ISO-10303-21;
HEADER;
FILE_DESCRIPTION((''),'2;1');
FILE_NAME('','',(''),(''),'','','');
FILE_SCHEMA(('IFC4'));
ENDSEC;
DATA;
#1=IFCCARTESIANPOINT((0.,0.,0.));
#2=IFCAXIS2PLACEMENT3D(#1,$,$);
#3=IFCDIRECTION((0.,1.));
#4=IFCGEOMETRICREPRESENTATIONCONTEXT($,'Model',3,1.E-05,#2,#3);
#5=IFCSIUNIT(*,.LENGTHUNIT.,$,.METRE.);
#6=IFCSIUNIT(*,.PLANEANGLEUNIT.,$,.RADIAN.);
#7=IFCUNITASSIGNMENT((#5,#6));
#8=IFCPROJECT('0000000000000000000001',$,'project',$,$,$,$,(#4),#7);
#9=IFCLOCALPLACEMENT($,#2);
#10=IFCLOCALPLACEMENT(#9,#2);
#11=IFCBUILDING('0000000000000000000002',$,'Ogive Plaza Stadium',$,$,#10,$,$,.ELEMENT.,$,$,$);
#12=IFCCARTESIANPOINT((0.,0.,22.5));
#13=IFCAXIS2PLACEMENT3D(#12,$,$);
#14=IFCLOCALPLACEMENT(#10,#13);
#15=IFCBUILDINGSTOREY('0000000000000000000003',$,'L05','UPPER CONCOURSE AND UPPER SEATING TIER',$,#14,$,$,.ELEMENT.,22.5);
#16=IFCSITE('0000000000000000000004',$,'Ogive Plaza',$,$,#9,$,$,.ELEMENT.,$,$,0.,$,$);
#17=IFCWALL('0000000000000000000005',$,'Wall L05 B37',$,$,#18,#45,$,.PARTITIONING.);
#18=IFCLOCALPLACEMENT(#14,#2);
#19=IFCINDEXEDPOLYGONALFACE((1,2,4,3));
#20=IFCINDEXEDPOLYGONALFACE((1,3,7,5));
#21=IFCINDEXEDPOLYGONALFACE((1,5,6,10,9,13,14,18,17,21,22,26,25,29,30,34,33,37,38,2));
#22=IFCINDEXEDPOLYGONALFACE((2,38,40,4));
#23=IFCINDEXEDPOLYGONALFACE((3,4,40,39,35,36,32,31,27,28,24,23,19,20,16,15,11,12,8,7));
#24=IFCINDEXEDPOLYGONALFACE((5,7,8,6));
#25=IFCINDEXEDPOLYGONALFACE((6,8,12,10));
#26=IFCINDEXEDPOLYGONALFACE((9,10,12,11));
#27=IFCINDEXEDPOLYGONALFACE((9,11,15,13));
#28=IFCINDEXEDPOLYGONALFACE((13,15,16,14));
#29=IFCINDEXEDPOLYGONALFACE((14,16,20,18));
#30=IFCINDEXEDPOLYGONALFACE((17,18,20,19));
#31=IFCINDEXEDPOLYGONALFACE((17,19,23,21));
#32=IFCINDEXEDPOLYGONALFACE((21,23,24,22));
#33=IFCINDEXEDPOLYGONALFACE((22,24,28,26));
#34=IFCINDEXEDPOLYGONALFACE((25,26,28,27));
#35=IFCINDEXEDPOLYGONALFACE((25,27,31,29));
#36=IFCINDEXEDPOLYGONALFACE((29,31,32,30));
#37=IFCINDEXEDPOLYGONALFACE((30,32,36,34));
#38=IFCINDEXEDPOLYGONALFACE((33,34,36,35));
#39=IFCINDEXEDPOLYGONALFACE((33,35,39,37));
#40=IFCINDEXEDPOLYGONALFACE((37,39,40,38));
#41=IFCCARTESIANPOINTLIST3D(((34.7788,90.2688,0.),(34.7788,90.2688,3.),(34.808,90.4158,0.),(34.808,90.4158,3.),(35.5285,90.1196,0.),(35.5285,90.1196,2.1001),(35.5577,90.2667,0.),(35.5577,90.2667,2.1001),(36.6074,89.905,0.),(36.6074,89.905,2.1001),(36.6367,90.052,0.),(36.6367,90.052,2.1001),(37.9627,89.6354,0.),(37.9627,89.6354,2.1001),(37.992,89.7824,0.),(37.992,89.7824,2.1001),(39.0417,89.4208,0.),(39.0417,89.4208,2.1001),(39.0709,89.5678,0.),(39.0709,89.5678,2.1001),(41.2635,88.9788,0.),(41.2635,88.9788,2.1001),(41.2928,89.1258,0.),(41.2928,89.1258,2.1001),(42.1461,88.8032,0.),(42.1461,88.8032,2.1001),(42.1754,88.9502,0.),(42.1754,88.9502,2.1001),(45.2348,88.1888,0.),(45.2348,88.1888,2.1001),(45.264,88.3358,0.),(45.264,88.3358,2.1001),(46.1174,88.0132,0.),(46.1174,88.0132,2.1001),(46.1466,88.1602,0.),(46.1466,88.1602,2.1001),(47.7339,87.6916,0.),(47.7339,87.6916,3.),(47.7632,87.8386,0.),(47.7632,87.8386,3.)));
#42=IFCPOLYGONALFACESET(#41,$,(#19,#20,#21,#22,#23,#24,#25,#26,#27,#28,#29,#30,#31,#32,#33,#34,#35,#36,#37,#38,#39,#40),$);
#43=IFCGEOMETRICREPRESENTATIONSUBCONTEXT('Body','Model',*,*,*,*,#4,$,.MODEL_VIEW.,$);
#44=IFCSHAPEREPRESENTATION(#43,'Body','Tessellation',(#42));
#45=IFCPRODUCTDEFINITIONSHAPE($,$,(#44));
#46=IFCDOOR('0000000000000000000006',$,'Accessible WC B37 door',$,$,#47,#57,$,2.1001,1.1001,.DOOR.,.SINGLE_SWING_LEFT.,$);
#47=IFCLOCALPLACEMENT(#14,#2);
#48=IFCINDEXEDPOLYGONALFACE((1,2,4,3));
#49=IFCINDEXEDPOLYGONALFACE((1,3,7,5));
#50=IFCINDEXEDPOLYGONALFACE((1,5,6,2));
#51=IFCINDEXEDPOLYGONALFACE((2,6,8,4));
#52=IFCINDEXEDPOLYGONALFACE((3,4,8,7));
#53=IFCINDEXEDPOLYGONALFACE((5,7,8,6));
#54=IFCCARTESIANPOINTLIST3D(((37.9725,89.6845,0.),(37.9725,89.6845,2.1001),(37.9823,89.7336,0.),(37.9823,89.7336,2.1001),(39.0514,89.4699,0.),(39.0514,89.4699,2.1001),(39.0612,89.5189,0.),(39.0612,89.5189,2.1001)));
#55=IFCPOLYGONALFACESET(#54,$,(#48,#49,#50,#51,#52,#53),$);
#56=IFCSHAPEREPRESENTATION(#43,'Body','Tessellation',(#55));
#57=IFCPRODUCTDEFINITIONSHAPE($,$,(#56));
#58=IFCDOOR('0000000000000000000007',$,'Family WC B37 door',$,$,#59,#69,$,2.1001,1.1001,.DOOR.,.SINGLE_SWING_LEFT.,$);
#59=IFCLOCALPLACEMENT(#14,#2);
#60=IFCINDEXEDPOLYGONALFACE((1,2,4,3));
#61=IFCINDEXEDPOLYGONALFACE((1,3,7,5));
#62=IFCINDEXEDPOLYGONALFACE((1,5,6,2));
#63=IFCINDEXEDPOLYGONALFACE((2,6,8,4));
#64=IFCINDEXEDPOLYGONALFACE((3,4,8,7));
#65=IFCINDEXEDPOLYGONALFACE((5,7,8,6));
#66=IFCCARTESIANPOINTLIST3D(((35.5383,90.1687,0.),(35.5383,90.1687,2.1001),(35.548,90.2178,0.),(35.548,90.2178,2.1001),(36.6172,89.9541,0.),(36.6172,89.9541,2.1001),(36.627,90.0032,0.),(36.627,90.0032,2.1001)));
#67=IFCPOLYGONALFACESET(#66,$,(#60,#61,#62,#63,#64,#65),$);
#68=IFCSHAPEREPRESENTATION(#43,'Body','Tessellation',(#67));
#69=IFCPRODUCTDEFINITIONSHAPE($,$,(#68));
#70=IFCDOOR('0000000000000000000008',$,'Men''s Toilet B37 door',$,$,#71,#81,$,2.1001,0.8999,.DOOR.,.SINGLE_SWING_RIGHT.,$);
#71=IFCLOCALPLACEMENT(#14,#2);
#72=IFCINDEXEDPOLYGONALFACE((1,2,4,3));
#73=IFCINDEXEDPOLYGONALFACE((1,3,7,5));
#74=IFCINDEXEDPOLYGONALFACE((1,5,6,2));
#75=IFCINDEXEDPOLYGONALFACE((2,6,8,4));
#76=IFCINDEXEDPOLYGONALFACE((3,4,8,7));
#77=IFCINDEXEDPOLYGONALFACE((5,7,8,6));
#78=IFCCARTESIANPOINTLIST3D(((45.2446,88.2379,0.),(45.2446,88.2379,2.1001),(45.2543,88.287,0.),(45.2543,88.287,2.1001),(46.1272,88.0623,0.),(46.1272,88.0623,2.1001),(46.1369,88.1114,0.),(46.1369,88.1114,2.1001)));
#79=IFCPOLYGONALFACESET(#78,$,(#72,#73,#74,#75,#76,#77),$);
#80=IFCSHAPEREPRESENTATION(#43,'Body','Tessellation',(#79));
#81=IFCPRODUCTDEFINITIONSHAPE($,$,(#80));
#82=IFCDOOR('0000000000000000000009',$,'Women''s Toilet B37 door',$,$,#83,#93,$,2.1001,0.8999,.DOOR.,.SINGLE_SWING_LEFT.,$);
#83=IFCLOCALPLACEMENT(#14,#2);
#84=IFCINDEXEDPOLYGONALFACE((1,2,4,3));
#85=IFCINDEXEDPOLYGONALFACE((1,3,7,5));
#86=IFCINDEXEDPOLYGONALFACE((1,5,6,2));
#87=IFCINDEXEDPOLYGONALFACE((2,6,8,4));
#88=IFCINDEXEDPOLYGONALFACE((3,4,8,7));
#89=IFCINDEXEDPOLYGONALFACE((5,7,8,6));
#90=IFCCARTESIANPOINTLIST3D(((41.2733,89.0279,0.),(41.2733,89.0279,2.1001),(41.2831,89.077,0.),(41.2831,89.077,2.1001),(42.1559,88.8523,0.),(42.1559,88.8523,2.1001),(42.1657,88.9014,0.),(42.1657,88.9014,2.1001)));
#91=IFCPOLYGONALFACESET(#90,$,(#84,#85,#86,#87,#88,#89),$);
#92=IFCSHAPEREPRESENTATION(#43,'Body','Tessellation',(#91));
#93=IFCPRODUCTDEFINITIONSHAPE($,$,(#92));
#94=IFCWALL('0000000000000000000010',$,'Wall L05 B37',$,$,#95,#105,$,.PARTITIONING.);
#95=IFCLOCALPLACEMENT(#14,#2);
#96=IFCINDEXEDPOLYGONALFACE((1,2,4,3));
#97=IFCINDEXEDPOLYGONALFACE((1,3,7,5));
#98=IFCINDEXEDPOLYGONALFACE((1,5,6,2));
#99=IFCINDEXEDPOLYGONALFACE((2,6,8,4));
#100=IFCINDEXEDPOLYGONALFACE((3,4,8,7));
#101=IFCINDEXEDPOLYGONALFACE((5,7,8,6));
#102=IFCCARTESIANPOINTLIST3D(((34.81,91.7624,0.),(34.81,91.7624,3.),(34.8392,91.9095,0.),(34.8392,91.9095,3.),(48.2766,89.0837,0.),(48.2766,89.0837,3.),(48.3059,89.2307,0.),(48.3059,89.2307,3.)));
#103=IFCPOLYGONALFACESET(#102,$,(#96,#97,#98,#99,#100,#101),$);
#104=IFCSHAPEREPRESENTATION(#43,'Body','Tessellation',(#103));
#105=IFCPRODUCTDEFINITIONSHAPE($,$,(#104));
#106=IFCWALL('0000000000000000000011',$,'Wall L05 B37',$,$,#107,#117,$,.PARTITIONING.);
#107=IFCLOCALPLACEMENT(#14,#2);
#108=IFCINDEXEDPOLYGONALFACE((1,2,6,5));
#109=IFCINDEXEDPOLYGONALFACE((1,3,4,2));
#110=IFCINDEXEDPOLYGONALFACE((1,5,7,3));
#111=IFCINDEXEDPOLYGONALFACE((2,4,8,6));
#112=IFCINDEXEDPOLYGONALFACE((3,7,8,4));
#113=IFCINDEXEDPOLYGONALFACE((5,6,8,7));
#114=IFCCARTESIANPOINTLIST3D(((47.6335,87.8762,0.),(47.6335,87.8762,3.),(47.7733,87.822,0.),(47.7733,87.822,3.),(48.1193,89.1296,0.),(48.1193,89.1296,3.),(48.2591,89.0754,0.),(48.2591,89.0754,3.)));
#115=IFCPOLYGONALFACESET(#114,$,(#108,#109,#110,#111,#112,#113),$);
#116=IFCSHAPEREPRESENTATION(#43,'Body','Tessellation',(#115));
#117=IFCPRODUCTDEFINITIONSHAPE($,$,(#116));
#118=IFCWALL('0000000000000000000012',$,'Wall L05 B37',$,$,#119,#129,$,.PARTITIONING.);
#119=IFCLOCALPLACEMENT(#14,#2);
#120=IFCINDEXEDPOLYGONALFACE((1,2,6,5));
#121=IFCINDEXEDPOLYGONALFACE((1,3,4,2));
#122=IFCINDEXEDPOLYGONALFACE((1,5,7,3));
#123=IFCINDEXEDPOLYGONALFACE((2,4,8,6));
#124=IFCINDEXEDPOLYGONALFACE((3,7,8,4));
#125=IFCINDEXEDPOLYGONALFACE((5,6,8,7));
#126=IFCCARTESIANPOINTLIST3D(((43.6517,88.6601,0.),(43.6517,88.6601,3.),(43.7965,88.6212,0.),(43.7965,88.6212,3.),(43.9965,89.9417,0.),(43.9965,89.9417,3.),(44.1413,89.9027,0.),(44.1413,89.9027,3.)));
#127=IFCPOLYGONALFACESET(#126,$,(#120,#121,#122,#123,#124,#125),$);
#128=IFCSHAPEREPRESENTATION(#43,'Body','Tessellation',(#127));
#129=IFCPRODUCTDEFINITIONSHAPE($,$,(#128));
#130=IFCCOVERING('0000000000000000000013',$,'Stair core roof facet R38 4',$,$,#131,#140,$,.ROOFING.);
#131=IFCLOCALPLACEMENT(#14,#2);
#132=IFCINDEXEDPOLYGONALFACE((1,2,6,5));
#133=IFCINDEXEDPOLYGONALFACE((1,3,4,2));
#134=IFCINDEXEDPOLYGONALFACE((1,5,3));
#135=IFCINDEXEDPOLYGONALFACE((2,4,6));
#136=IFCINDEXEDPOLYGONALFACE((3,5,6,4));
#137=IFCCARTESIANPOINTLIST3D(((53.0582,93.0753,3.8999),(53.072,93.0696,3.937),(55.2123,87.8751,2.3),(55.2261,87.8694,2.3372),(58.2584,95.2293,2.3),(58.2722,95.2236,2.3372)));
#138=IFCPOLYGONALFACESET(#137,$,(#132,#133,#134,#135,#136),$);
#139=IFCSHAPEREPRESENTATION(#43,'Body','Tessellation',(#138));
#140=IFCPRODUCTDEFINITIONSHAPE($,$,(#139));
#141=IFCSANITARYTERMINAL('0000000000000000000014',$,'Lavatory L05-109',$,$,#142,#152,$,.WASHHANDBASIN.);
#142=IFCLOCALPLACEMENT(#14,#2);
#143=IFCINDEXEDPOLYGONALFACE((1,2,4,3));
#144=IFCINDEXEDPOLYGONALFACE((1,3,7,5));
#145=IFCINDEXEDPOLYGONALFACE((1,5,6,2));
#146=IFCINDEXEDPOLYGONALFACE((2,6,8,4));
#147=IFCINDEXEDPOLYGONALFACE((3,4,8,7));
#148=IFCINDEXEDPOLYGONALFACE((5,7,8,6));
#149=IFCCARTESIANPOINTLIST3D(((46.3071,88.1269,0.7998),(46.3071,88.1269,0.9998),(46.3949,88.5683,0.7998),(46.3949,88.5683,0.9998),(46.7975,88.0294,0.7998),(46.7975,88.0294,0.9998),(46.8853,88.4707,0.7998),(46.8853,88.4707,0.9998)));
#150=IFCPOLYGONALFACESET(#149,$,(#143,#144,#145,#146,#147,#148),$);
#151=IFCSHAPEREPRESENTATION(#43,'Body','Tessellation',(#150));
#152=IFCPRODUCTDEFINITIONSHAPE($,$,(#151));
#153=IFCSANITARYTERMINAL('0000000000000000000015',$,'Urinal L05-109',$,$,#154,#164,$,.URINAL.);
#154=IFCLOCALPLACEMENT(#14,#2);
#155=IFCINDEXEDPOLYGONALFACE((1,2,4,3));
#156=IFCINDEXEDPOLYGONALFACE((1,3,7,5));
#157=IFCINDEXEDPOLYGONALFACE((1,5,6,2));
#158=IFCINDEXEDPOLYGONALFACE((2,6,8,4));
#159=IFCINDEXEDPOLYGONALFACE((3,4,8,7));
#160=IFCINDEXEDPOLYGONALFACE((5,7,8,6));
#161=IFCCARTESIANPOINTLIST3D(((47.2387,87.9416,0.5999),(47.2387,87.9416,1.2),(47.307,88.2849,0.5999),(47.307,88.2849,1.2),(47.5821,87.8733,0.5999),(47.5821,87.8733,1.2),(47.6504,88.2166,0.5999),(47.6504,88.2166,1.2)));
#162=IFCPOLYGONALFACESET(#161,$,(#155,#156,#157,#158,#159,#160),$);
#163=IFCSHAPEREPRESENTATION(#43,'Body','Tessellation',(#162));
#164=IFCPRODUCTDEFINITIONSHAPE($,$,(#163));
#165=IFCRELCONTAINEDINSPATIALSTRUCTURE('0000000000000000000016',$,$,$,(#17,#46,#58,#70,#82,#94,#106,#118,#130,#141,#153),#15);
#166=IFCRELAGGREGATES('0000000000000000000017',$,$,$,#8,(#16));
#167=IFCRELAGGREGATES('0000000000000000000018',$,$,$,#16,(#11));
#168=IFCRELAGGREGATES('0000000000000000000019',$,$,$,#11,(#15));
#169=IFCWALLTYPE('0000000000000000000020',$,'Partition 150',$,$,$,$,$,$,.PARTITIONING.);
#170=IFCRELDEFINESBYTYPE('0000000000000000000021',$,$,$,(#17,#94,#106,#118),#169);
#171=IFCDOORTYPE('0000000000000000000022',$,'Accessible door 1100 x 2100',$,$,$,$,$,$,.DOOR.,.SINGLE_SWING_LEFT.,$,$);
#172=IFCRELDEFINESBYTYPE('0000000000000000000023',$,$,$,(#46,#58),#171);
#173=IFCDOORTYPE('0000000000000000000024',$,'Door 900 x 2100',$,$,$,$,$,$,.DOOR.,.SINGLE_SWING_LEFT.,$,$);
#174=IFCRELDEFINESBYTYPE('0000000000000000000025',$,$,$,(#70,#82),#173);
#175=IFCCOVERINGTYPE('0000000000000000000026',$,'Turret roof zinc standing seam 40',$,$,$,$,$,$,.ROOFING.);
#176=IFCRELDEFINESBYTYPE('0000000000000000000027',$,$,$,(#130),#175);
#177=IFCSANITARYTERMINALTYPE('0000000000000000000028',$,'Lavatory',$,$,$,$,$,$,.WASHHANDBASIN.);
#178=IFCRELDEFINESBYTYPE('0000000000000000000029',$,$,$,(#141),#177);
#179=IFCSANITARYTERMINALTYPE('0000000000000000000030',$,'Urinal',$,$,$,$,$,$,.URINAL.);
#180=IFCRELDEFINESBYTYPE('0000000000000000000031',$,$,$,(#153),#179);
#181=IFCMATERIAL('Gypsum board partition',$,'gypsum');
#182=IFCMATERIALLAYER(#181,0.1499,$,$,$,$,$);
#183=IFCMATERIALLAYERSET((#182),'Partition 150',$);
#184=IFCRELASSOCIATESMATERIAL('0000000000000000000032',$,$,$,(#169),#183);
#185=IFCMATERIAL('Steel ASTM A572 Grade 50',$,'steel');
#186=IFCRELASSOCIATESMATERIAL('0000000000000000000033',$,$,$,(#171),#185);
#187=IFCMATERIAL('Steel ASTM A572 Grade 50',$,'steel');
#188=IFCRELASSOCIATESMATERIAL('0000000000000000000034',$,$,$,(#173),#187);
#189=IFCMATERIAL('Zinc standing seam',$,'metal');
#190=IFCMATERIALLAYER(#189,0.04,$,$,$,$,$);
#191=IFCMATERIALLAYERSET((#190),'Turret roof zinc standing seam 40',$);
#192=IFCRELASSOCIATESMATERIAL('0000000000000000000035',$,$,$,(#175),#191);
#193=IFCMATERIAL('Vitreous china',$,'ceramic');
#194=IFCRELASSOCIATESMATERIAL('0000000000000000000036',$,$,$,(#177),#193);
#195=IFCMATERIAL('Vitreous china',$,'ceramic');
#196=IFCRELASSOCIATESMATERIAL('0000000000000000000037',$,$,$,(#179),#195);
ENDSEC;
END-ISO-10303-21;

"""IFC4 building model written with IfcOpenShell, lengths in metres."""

from ifc_helpers import new_model, si_unit, direction, frame, frame_2d, origin, origin_2d, place, context, subcontext, project, spatial, polyline, rectangle, outline, extrude, material, layer, layer_set, type_object, element, fill, save


model = new_model("IFC4")

# Units and contexts
model_context = context("Model", 3, precision=1e-05, world=origin(), true_north=direction((0.0, 1.0)))
body_context = subcontext(model_context, "Body", "Model", "MODEL_VIEW")
ifc_project = project(units=[si_unit("LENGTHUNIT", "METRE"), si_unit("PLANEANGLEUNIT", "RADIAN")], contexts=[model_context])

# Site, building, storey
site_placement = place(None, origin())
site = spatial("IfcSite", under=ifc_project, at=site_placement, Name="Ogive Plaza", CompositionType="ELEMENT", RefElevation=0.0)
building_placement = place(site_placement, origin())
building = spatial("IfcBuilding", under=site, at=building_placement, Name="Ogive Plaza Stadium", CompositionType="ELEMENT")
storey_placement = place(building_placement, frame((0.0, 0.0, 22.5)))
storey = spatial("IfcBuildingStorey", under=building, at=storey_placement, Name="L05", Description="UPPER CONCOURSE AND UPPER SEATING TIER", CompositionType="ELEMENT", Elevation=22.5)

# Wall, openings, doors
ifc_material_1 = material(Name="Gypsum board partition", Category="gypsum")
ifc_layer_1 = layer(ifc_material_1, 0.1499)
ifc_layer_set_1 = layer_set([ifc_layer_1], Name="Partition 150")
wall_type_1 = type_object("IfcWallType", Name="Partition 150", PredefinedType="PARTITIONING", material=ifc_layer_set_1)
wall_1_placement = place(storey_placement, frame((47.7485, 87.7651, 0.0), z_axis=(0.0, 0.0, 1.0), x_axis=(-0.980782, 0.195107, 0.0)))
wall_1 = element("IfcWall", 1, at=wall_1_placement, inside=storey, type_object=wall_type_1, Name="Wall L05 B37", PredefinedType="PARTITIONING", context=body_context, shape_type="SweptSolid", body=[
    extrude(rectangle(XDim=13.209, YDim=0.1499, at=frame_2d((6.6045, 0.0))), origin(), (0.0, 0.0, 1.0), 3.0),
])
opening_1_placement = place(wall_1_placement, frame((1.6482, 0.0, 0.0)))
opening_1 = element("IfcOpeningElement", 2, at=opening_1_placement, cuts=wall_1, PredefinedType="OPENING", context=body_context, shape_type="SweptSolid", body=[
    extrude(rectangle(XDim=0.8999, YDim=2.1001, at=frame_2d((0.45, 1.05))), frame((0.0, 0.075, 0.0), z_axis=(0.0, -1.0, 0.0), x_axis=(1.0, 0.0, 0.0)), (0.0, 0.0, 1.0), 0.1499),
])
opening_2_placement = place(wall_1_placement, frame((5.6973, 0.0, 0.0)))
opening_2 = element("IfcOpeningElement", 3, at=opening_2_placement, cuts=wall_1, PredefinedType="OPENING", context=body_context, shape_type="SweptSolid", body=[
    extrude(rectangle(XDim=0.8999, YDim=2.1001, at=frame_2d((0.45, 1.05))), frame((0.0, 0.075, 0.0), z_axis=(0.0, -1.0, 0.0), x_axis=(1.0, 0.0, 0.0)), (0.0, 0.0, 1.0), 0.1499),
])
opening_3_placement = place(wall_1_placement, frame((8.8625, 0.0, 0.0)))
opening_3 = element("IfcOpeningElement", 4, at=opening_3_placement, cuts=wall_1, PredefinedType="OPENING", context=body_context, shape_type="SweptSolid", body=[
    extrude(rectangle(XDim=1.1001, YDim=2.1001, at=frame_2d((0.55, 1.05))), frame((0.0, 0.075, 0.0), z_axis=(0.0, -1.0, 0.0), x_axis=(1.0, 0.0, 0.0)), (0.0, 0.0, 1.0), 0.1499),
])
opening_4_placement = place(wall_1_placement, frame((11.3445, 0.0, 0.0)))
opening_4 = element("IfcOpeningElement", 5, at=opening_4_placement, cuts=wall_1, PredefinedType="OPENING", context=body_context, shape_type="SweptSolid", body=[
    extrude(rectangle(XDim=1.1001, YDim=2.1001, at=frame_2d((0.55, 1.05))), frame((0.0, 0.075, 0.0), z_axis=(0.0, -1.0, 0.0), x_axis=(1.0, 0.0, 0.0)), (0.0, 0.0, 1.0), 0.1499),
])
ifc_material_2 = material(Name="Steel ASTM A572 Grade 50", Category="steel")
door_type_1 = type_object("IfcDoorType", Name="Accessible door 1100 x 2100", OperationType="SINGLE_SWING_LEFT", PredefinedType="DOOR", material=ifc_material_2)
door_1_placement = place(opening_3_placement, origin())
door_1 = element("IfcDoor", 6, at=door_1_placement, inside=storey, type_object=door_type_1, Name="Accessible WC B37 door", OperationType="SINGLE_SWING_LEFT", OverallHeight=2.1001, OverallWidth=1.1001, PredefinedType="DOOR", context=body_context, shape_type="SweptSolid", body=[
    extrude(rectangle(XDim=1.1001, YDim=2.1001, at=frame_2d((0.55, 1.05))), frame((0.0, 0.0249, 0.0), z_axis=(0.0, -1.0, 0.0), x_axis=(1.0, 0.0, 0.0)), (0.0, 0.0, 1.0), 0.05),
])
fill(opening_3, door_1)
door_2_placement = place(opening_4_placement, origin())
door_2 = element("IfcDoor", 7, at=door_2_placement, inside=storey, type_object=door_type_1, Name="Family WC B37 door", OperationType="SINGLE_SWING_LEFT", OverallHeight=2.1001, OverallWidth=1.1001, PredefinedType="DOOR", context=body_context, shape_type="SweptSolid", body=[
    extrude(rectangle(XDim=1.1001, YDim=2.1001, at=frame_2d((0.55, 1.05))), frame((0.0, 0.0249, 0.0), z_axis=(0.0, -1.0, 0.0), x_axis=(1.0, 0.0, 0.0)), (0.0, 0.0, 1.0), 0.05),
])
fill(opening_4, door_2)
ifc_material_3 = material(Name="Steel ASTM A572 Grade 50", Category="steel")
door_type_2 = type_object("IfcDoorType", Name="Door 900 x 2100", OperationType="SINGLE_SWING_LEFT", PredefinedType="DOOR", material=ifc_material_3)
door_3_placement = place(opening_1_placement, origin())
door_3 = element("IfcDoor", 8, at=door_3_placement, inside=storey, type_object=door_type_2, Name="Men's Toilet B37 door", OperationType="SINGLE_SWING_RIGHT", OverallHeight=2.1001, OverallWidth=0.8999, PredefinedType="DOOR", context=body_context, shape_type="SweptSolid", body=[
    extrude(rectangle(XDim=0.8999, YDim=2.1001, at=frame_2d((0.45, 1.05))), frame((0.0, 0.0249, 0.0), z_axis=(0.0, -1.0, 0.0), x_axis=(1.0, 0.0, 0.0)), (0.0, 0.0, 1.0), 0.05),
])
fill(opening_1, door_3)
door_4_placement = place(opening_2_placement, origin())
door_4 = element("IfcDoor", 9, at=door_4_placement, inside=storey, type_object=door_type_2, Name="Women's Toilet B37 door", OperationType="SINGLE_SWING_LEFT", OverallHeight=2.1001, OverallWidth=0.8999, PredefinedType="DOOR", context=body_context, shape_type="SweptSolid", body=[
    extrude(rectangle(XDim=0.8999, YDim=2.1001, at=frame_2d((0.45, 1.05))), frame((0.0, 0.0249, 0.0), z_axis=(0.0, -1.0, 0.0), x_axis=(1.0, 0.0, 0.0)), (0.0, 0.0, 1.0), 0.05),
])
fill(opening_2, door_4)

# Walls
wall_2_placement = place(storey_placement, frame((48.2913, 89.1572, 0.0), z_axis=(0.0, 0.0, 1.0), x_axis=(-0.980785, 0.195094, 0.0)))
element("IfcWall", 10, at=wall_2_placement, inside=storey, type_object=wall_type_1, Name="Wall L05 B37", PredefinedType="PARTITIONING", context=body_context, shape_type="SweptSolid", body=[
    extrude(rectangle(XDim=13.7305, YDim=0.1499, at=frame_2d((6.8652, 0.0))), origin(), (0.0, 0.0, 1.0), 3.0),
])
wall_3_placement = place(storey_placement, frame((47.7034, 87.8491, 0.0), z_axis=(0.0, 0.0, 1.0), x_axis=(0.361412, 0.932406, 0.0)))
element("IfcWall", 11, at=wall_3_placement, inside=storey, type_object=wall_type_1, Name="Wall L05 B37", PredefinedType="PARTITIONING", context=body_context, shape_type="SweptSolid", body=[
    extrude(rectangle(XDim=1.3442, YDim=0.1499, at=frame_2d((0.6721, 0.0))), origin(), (0.0, 0.0, 1.0), 3.0),
])
wall_4_placement = place(storey_placement, frame((43.7241, 88.6406, 0.0), z_axis=(0.0, 0.0, 1.0), x_axis=(0.259769, 0.965671, 0.0)))
element("IfcWall", 12, at=wall_4_placement, inside=storey, type_object=wall_type_1, Name="Wall L05 B37", PredefinedType="PARTITIONING", context=body_context, shape_type="SweptSolid", body=[
    extrude(rectangle(XDim=1.3271, YDim=0.1499, at=frame_2d((0.6636, 0.0))), origin(), (0.0, 0.0, 1.0), 3.0),
])

# Covering
ifc_material_4 = material(Name="Zinc standing seam", Category="metal")
ifc_layer_2 = layer(ifc_material_4, 0.04)
ifc_layer_set_2 = layer_set([ifc_layer_2], Name="Turret roof zinc standing seam 40")
covering_type = type_object("IfcCoveringType", Name="Turret roof zinc standing seam 40", PredefinedType="ROOFING", material=ifc_layer_set_2)
covering_placement = place(storey_placement, frame((55.2261, 87.8694, 2.3372), z_axis=(0.344574, -0.142723, 0.927846), x_axis=(0.382674, 0.923883, 0.0)))
element("IfcCovering", 13, at=covering_placement, inside=storey, type_object=covering_type, Name="Stair core roof facet R38 4", PredefinedType="ROOFING", context=body_context, shape_type="SweptSolid", body=[
    extrude(outline(polyline([(0.0, 0.0), (7.9601, 0.0), (3.9801, 4.2896), (0.0, 0.0)])), origin(), (0.0, 0.0, -1.0), 0.04),
])

# Sanitary terminals
ifc_material_5 = material(Name="Vitreous china", Category="ceramic")
sanitary_terminal_type_1 = type_object("IfcSanitaryTerminalType", Name="Lavatory", PredefinedType="WASHHANDBASIN", material=ifc_material_5)
sanitary_terminal_1_placement = place(storey_placement, frame((46.5962, 88.2988, 0.7998), z_axis=(0.0, 0.0, 1.0), x_axis=(-0.980785, 0.19509, 0.0)))
element("IfcSanitaryTerminal", 14, at=sanitary_terminal_1_placement, inside=storey, type_object=sanitary_terminal_type_1, Name="Lavatory L05-109", PredefinedType="WASHHANDBASIN", context=body_context, shape_type="SweptSolid", body=[
    extrude(rectangle(XDim=0.5, YDim=0.45, at=origin_2d()), origin(), (0.0, 0.0, 1.0), 0.2),
])
ifc_material_6 = material(Name="Vitreous china", Category="ceramic")
sanitary_terminal_type_2 = type_object("IfcSanitaryTerminalType", Name="Urinal", PredefinedType="URINAL", material=ifc_material_6)
sanitary_terminal_2_placement = place(storey_placement, frame((47.4446, 88.0791, 0.5999), z_axis=(0.0, 0.0, 1.0), x_axis=(-0.980785, 0.19509, 0.0)))
element("IfcSanitaryTerminal", 15, at=sanitary_terminal_2_placement, inside=storey, type_object=sanitary_terminal_type_2, Name="Urinal L05-109", PredefinedType="URINAL", context=body_context, shape_type="SweptSolid", body=[
    extrude(rectangle(XDim=0.3501, YDim=0.3501, at=origin_2d()), origin(), (0.0, 0.0, 1.0), 0.6001),
])

save(model, "model.ifc")
